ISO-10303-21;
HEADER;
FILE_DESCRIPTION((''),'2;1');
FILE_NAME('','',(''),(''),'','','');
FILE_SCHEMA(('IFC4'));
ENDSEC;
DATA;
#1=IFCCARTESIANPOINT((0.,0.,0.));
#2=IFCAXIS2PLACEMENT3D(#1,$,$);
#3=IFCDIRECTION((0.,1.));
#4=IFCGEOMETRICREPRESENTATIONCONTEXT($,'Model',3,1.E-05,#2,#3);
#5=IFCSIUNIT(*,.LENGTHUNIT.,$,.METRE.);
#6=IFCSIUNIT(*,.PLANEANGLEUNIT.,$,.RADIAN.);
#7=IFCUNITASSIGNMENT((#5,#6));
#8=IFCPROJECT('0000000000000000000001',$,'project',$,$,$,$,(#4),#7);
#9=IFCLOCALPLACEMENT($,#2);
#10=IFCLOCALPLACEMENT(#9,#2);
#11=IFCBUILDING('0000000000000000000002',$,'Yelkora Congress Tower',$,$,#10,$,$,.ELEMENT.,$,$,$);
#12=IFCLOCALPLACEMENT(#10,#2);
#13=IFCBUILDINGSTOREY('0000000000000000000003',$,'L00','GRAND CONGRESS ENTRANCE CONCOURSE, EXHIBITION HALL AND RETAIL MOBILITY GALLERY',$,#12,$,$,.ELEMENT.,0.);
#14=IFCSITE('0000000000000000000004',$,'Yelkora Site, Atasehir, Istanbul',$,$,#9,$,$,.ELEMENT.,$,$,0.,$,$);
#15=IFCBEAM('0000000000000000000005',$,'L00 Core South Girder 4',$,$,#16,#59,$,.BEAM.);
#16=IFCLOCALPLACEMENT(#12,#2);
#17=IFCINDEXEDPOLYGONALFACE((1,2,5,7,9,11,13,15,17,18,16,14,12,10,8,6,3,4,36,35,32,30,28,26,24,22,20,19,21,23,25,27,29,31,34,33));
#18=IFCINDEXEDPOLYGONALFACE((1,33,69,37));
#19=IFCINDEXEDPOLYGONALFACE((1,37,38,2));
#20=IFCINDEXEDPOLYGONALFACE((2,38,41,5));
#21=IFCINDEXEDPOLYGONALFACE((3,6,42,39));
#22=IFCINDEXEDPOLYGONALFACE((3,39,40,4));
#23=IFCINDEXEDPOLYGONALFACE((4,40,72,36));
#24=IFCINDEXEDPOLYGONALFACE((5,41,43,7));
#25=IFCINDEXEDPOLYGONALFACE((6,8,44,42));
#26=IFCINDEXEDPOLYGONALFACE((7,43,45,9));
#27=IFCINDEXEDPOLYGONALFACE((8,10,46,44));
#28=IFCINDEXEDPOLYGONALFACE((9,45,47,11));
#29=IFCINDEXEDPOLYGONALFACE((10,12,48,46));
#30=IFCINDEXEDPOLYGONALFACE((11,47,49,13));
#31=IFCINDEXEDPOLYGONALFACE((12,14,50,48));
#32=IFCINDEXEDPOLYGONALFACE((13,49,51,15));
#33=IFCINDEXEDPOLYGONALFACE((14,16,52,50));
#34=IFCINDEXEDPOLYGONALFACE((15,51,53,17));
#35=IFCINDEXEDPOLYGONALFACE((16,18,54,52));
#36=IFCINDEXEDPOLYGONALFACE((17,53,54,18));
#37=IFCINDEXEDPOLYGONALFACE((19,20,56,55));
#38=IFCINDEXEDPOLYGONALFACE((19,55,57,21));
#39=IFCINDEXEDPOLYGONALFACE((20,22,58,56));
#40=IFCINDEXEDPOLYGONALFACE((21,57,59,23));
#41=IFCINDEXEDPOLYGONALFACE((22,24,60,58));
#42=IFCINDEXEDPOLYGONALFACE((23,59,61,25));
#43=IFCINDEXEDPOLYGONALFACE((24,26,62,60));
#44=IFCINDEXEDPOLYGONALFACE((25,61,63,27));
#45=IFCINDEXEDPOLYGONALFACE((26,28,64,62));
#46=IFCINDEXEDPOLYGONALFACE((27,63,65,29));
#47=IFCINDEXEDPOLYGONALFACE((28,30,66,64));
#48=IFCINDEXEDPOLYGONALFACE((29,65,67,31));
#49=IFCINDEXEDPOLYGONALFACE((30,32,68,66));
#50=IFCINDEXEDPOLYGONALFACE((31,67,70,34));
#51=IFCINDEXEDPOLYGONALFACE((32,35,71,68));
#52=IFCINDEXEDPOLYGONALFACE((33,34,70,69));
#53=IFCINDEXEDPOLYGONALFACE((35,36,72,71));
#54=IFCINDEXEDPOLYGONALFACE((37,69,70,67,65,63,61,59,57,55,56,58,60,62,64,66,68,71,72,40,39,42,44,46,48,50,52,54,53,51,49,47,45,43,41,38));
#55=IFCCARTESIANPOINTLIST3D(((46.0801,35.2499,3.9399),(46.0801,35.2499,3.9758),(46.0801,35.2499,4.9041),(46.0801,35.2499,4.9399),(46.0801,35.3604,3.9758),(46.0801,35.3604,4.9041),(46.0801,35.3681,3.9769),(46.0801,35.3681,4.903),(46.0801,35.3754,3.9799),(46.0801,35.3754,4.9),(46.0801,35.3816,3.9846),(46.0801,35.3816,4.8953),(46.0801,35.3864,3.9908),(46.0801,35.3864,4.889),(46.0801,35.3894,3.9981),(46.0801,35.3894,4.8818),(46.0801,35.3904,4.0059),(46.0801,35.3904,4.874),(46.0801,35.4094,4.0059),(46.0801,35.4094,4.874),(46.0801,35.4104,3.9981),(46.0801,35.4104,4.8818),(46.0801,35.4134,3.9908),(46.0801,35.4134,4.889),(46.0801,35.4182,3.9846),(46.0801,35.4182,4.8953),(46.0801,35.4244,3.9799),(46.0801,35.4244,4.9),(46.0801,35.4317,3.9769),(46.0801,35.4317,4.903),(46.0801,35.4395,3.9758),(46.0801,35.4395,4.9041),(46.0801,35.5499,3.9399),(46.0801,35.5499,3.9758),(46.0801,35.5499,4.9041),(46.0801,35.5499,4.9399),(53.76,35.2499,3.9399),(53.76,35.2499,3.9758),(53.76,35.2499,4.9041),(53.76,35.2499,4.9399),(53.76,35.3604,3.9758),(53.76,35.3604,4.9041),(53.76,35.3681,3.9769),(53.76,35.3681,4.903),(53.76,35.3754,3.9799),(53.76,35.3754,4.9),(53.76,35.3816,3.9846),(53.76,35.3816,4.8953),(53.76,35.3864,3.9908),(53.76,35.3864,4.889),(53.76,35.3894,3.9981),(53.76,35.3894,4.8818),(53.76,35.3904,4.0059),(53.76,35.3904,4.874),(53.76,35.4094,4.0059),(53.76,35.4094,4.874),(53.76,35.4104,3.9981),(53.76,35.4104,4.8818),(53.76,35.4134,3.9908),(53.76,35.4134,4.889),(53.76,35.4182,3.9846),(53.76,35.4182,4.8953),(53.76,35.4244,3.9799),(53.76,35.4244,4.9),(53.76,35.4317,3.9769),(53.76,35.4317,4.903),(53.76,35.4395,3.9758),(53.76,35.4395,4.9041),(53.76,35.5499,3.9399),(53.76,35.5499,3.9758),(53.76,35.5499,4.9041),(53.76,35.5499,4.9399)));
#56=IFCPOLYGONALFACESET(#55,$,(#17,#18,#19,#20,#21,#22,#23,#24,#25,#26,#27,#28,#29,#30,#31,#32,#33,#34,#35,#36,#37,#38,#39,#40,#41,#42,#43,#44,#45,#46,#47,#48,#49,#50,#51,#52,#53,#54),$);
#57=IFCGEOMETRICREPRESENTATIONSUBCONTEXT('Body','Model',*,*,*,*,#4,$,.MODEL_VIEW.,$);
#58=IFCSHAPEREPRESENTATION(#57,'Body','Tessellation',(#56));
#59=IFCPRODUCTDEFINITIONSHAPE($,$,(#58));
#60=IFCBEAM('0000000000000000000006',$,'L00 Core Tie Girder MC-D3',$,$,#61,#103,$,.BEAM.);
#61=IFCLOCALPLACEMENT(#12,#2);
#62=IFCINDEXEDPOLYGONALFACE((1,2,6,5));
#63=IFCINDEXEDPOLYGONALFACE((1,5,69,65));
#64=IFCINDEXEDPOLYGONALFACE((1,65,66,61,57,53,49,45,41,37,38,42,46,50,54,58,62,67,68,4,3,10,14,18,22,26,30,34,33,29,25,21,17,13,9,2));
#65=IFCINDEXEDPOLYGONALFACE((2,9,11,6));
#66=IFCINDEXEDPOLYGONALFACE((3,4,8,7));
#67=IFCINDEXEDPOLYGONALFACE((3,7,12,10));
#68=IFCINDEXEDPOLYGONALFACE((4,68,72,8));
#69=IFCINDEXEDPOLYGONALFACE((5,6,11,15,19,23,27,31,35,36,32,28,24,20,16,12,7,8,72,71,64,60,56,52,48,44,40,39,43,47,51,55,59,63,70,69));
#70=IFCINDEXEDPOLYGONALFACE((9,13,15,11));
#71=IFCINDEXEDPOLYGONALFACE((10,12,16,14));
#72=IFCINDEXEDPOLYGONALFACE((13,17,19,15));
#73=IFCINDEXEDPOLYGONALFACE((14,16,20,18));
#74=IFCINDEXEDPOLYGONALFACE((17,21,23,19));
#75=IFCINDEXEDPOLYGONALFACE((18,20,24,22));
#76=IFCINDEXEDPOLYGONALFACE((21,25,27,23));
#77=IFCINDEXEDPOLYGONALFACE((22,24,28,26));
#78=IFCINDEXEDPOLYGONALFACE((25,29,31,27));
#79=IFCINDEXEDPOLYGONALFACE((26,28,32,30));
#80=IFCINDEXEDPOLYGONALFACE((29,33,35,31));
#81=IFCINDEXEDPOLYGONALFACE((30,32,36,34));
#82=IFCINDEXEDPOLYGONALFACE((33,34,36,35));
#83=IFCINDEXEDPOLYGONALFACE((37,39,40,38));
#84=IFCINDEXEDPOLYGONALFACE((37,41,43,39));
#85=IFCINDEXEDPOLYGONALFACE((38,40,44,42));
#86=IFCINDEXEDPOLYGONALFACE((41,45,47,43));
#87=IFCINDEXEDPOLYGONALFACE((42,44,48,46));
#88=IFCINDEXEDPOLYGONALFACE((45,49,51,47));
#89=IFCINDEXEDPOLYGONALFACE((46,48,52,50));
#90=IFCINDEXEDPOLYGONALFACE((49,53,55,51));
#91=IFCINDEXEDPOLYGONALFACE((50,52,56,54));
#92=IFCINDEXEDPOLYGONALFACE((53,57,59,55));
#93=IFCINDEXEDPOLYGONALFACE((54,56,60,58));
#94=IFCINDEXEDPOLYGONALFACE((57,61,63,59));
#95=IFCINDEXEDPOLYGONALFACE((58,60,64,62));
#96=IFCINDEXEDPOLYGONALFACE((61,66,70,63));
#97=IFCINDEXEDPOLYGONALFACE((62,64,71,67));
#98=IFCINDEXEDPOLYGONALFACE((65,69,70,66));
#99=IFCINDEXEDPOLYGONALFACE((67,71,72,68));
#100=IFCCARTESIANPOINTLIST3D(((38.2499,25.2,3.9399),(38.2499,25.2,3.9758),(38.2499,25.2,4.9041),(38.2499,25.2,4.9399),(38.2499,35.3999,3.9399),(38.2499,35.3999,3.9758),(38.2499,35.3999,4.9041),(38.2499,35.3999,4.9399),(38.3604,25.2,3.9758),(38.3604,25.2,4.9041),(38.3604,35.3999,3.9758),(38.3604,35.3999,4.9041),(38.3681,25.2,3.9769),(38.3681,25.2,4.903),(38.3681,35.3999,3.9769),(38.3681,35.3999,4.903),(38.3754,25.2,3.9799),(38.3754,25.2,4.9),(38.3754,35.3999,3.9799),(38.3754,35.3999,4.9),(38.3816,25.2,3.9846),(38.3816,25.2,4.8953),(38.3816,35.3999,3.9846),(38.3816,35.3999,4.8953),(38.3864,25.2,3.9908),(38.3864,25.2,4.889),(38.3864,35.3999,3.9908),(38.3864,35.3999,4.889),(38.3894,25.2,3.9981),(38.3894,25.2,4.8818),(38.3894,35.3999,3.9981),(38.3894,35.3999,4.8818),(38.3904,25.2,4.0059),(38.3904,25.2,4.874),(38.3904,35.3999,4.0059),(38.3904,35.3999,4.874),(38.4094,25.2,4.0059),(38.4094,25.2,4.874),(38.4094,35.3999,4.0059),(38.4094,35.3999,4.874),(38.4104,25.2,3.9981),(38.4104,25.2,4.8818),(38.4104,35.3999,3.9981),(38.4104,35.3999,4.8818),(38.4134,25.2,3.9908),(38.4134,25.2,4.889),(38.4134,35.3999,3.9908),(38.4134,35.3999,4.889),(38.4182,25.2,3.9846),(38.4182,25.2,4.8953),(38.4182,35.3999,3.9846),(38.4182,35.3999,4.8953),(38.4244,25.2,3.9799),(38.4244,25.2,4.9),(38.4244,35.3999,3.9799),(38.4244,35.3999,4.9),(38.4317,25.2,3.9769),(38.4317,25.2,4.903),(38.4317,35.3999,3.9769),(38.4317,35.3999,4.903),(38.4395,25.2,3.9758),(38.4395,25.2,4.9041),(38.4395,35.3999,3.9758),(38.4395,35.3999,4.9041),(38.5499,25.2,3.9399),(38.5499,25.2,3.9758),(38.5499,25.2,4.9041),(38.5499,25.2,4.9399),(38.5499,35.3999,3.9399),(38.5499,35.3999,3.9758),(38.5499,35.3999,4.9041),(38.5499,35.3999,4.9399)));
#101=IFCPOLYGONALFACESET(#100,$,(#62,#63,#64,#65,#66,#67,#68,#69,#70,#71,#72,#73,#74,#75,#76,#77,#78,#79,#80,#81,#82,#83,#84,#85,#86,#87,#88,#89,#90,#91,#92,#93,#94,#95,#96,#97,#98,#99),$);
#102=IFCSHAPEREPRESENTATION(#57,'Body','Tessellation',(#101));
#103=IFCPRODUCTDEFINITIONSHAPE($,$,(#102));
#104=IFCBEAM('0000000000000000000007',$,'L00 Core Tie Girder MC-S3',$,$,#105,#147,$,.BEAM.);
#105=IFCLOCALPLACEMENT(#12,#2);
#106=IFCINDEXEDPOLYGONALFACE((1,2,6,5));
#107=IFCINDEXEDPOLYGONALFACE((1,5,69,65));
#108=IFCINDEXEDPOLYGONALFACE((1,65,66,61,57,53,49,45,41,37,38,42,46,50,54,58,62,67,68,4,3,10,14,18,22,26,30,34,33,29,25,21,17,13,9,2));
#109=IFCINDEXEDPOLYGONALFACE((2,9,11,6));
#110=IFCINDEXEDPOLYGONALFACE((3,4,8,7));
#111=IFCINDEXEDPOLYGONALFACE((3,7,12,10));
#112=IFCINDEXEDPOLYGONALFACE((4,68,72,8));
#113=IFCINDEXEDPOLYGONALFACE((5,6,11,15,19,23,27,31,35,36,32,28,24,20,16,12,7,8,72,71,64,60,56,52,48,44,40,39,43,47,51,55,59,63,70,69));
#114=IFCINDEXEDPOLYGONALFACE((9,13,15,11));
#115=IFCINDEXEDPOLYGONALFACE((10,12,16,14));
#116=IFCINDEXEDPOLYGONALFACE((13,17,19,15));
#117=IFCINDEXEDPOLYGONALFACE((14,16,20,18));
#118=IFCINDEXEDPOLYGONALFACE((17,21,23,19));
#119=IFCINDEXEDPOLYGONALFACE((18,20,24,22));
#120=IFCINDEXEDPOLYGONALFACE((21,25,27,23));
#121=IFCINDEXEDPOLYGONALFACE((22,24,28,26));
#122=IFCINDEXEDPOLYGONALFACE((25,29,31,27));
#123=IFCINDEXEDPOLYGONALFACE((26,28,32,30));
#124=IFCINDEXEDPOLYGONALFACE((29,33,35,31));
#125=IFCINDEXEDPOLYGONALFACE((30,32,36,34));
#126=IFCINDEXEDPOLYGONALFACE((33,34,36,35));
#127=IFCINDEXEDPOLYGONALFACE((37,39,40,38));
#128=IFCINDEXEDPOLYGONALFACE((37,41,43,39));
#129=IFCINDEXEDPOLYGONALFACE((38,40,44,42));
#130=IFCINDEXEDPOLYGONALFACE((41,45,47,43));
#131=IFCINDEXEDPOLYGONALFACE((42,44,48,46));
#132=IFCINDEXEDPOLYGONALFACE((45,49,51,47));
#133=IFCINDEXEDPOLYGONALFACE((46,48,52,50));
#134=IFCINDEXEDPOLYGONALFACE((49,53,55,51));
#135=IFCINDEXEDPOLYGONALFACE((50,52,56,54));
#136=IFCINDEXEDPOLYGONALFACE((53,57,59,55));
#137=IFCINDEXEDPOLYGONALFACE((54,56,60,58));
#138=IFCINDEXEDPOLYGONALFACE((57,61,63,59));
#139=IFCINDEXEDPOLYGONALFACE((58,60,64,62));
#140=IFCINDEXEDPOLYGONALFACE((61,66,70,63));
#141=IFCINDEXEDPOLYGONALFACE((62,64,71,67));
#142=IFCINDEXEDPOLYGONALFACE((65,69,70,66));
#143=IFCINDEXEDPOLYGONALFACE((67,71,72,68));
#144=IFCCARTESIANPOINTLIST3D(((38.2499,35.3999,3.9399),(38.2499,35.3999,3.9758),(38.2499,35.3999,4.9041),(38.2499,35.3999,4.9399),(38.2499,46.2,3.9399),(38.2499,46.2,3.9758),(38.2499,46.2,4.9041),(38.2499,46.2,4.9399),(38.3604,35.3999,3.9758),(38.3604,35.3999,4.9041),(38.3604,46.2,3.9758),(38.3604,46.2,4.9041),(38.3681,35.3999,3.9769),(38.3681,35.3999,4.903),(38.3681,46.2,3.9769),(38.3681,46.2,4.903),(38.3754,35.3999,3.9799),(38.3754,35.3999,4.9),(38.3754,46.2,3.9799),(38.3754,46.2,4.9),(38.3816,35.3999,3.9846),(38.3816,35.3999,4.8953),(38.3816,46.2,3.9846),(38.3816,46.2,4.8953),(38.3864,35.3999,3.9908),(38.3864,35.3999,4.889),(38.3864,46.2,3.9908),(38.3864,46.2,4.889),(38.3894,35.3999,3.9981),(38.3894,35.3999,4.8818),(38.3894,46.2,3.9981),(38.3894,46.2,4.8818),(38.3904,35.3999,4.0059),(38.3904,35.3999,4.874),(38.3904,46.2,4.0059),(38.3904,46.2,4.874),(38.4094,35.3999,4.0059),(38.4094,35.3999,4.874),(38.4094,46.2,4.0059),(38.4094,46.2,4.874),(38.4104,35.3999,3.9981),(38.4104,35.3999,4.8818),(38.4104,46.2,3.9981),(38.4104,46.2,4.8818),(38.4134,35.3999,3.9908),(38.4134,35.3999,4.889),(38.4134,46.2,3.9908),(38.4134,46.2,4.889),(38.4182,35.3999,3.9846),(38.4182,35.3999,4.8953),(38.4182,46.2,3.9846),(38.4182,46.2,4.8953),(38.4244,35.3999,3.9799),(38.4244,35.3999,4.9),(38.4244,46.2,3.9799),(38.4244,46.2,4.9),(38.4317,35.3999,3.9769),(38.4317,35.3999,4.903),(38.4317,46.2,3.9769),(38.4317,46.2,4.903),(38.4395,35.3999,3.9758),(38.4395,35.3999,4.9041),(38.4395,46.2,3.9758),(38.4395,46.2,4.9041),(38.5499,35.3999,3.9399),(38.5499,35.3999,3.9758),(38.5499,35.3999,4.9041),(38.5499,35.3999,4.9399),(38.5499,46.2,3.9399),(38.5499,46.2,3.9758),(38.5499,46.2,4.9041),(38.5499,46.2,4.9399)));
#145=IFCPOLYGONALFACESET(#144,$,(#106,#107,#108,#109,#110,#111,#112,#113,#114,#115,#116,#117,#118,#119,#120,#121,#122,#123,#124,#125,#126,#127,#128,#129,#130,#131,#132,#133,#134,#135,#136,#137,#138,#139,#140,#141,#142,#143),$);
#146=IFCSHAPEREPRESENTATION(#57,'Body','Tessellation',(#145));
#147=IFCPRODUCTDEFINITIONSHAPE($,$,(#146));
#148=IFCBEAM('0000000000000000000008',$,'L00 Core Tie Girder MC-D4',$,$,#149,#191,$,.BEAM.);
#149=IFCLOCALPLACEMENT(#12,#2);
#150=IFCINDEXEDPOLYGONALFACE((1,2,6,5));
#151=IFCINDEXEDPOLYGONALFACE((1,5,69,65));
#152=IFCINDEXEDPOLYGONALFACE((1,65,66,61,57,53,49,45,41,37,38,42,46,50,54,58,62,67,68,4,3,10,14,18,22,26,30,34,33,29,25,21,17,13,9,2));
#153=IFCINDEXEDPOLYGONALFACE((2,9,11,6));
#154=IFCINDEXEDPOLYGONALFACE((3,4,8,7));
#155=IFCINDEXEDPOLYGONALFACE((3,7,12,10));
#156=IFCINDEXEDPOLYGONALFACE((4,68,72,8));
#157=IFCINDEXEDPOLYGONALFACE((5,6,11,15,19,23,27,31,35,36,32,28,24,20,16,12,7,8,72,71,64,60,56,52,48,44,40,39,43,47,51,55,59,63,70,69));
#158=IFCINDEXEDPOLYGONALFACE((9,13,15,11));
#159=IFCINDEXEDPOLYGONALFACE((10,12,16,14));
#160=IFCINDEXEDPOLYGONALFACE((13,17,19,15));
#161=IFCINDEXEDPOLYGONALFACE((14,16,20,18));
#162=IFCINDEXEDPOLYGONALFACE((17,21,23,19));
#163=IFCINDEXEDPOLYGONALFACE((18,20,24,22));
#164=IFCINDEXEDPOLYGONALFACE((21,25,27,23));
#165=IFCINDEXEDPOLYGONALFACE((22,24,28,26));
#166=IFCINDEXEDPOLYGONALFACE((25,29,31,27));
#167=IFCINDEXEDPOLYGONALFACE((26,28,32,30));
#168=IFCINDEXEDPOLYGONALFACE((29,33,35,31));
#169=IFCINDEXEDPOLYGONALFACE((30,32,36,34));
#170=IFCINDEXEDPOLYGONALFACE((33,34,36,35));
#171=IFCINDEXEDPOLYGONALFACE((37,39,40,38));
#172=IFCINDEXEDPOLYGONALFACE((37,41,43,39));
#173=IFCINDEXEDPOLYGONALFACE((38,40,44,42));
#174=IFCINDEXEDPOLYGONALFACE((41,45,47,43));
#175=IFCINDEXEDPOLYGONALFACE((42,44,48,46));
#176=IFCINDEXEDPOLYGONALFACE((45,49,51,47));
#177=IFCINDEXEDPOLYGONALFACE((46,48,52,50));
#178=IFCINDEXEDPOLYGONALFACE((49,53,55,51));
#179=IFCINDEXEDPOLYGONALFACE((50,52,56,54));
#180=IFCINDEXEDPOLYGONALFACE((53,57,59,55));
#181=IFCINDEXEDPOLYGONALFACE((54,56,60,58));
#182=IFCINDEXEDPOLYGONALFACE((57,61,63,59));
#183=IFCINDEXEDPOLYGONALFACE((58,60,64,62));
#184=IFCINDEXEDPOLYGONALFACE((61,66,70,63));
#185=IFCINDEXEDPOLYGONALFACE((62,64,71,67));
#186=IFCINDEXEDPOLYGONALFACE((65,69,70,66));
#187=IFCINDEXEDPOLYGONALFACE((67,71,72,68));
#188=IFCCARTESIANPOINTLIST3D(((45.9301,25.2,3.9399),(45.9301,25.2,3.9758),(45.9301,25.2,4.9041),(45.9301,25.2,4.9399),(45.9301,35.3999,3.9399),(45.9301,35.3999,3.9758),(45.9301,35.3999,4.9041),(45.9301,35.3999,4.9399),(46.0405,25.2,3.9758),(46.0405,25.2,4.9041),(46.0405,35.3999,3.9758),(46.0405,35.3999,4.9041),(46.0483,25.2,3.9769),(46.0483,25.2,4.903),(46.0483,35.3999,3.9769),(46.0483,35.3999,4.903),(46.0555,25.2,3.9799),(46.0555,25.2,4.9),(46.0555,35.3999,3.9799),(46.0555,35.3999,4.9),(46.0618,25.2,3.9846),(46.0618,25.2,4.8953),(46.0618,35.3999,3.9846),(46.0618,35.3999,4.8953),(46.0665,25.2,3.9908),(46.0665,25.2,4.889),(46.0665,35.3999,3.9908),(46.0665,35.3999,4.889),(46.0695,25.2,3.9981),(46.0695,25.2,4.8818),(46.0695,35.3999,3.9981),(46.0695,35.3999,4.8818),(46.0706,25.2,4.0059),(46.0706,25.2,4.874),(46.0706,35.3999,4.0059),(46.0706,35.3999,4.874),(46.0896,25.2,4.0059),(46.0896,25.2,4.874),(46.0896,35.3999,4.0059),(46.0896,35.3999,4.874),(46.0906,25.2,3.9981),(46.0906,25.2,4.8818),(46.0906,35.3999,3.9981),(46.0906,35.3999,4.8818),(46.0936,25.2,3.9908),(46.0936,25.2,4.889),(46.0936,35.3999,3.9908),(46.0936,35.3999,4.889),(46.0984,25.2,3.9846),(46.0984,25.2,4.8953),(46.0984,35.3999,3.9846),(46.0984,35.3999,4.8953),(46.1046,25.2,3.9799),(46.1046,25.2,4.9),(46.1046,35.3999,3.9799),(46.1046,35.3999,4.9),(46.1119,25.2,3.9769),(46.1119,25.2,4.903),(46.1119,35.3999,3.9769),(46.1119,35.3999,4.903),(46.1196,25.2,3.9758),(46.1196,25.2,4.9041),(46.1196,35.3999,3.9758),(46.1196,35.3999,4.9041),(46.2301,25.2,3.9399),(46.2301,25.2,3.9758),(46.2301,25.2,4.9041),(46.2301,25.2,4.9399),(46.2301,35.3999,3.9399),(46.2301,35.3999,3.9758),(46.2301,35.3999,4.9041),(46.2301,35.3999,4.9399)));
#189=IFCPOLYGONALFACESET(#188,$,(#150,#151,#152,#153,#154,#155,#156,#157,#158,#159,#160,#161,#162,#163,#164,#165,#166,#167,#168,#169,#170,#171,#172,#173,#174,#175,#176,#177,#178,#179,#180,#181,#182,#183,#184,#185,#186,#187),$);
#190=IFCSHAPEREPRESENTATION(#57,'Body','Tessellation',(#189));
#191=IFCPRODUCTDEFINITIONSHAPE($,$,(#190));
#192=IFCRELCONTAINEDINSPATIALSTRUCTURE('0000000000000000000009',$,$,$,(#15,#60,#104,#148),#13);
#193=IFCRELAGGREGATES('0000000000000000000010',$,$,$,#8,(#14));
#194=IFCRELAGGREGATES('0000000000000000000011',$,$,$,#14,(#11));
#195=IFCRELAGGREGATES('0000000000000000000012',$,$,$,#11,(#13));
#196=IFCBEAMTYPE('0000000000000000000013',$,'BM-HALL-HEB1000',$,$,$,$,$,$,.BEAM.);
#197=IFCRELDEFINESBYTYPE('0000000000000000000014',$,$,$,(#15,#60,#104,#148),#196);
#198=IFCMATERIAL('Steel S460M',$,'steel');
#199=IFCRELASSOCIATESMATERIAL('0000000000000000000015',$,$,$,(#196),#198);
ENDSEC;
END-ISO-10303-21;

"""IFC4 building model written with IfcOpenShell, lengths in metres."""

from ifc_helpers import new_model, si_unit, direction, frame, origin, origin_2d, place, context, subcontext, project, spatial, i_section, extrude, material, material_profile, profile_set, type_object, element, save


model = new_model("IFC4")

# Units and contexts
model_context = context("Model", 3, precision=1e-05, world=origin(), true_north=direction((0.0, 1.0)))
body_context = subcontext(model_context, "Body", "Model", "MODEL_VIEW")
ifc_project = project(units=[si_unit("LENGTHUNIT", "METRE"), si_unit("PLANEANGLEUNIT", "RADIAN")], contexts=[model_context])

# Site, building, storey
site_placement = place(None, origin())
site = spatial("IfcSite", under=ifc_project, at=site_placement, Name="Yelkora Site, Atasehir, Istanbul", CompositionType="ELEMENT", RefElevation=0.0)
building_placement = place(site_placement, origin())
building = spatial("IfcBuilding", under=site, at=building_placement, Name="Yelkora Congress Tower", CompositionType="ELEMENT")
storey_placement = place(building_placement, origin())
storey = spatial("IfcBuildingStorey", under=building, at=storey_placement, Name="L00", Description="GRAND CONGRESS ENTRANCE CONCOURSE, EXHIBITION HALL AND RETAIL MOBILITY GALLERY", CompositionType="ELEMENT", Elevation=0.0)

# Beams
ifc_material_1 = material(Name="Steel S460M", Category="steel")
ifc_material_profile_1 = material_profile(ifc_material_1, i_section(OverallWidth=0.3, OverallDepth=1.0, WebThickness=0.019, FlangeThickness=0.0359, FilletRadius=0.03, at=origin_2d()), Name="HEB 1000")
ifc_profile_set_1 = profile_set([ifc_material_profile_1], Name="Steel S460M")
beam_type_1 = type_object("IfcBeamType", Name="BM-HALL-HEB1000", PredefinedType="BEAM", material=ifc_profile_set_1)
beam_1_placement = place(storey_placement, frame((46.0801, 35.3999, 4.4399), z_axis=(1.0, 0.0, 0.0), x_axis=(0.0, 1.0, 0.0)))
element("IfcBeam", 1, at=beam_1_placement, inside=storey, type_object=beam_type_1, Name="L00 Core South Girder 4", PredefinedType="BEAM", context=body_context, shape_type="SweptSolid", body=[
    extrude(i_section(OverallWidth=0.3, OverallDepth=1.0, WebThickness=0.019, FlangeThickness=0.0359, FilletRadius=0.03, at=origin_2d()), origin(), (0.0, 0.0, 1.0), 7.6799),
])
beam_2_placement = place(storey_placement, frame((38.3999, 25.2, 4.4399), z_axis=(0.0, 1.0, 0.0), x_axis=(-1.0, 0.0, 0.0)))
element("IfcBeam", 2, at=beam_2_placement, inside=storey, type_object=beam_type_1, Name="L00 Core Tie Girder MC-D3", PredefinedType="BEAM", context=body_context, shape_type="SweptSolid", body=[
    extrude(i_section(OverallWidth=0.3, OverallDepth=1.0, WebThickness=0.019, FlangeThickness=0.0359, FilletRadius=0.03, at=origin_2d()), origin(), (0.0, 0.0, 1.0), 10.2),
])
beam_3_placement = place(storey_placement, frame((38.3999, 35.3999, 4.4399), z_axis=(0.0, 1.0, 0.0), x_axis=(-1.0, 0.0, 0.0)))
element("IfcBeam", 3, at=beam_3_placement, inside=storey, type_object=beam_type_1, Name="L00 Core Tie Girder MC-S3", PredefinedType="BEAM", context=body_context, shape_type="SweptSolid", body=[
    extrude(i_section(OverallWidth=0.3, OverallDepth=1.0, WebThickness=0.019, FlangeThickness=0.0359, FilletRadius=0.03, at=origin_2d()), origin(), (0.0, 0.0, 1.0), 10.8),
])
beam_4_placement = place(storey_placement, frame((46.0801, 25.2, 4.4399), z_axis=(0.0, 1.0, 0.0), x_axis=(-1.0, 0.0, 0.0)))
element("IfcBeam", 4, at=beam_4_placement, inside=storey, type_object=beam_type_1, Name="L00 Core Tie Girder MC-D4", PredefinedType="BEAM", context=body_context, shape_type="SweptSolid", body=[
    extrude(i_section(OverallWidth=0.3, OverallDepth=1.0, WebThickness=0.019, FlangeThickness=0.0359, FilletRadius=0.03, at=origin_2d()), origin(), (0.0, 0.0, 1.0), 10.2),
])

save(model, "model.ifc")
